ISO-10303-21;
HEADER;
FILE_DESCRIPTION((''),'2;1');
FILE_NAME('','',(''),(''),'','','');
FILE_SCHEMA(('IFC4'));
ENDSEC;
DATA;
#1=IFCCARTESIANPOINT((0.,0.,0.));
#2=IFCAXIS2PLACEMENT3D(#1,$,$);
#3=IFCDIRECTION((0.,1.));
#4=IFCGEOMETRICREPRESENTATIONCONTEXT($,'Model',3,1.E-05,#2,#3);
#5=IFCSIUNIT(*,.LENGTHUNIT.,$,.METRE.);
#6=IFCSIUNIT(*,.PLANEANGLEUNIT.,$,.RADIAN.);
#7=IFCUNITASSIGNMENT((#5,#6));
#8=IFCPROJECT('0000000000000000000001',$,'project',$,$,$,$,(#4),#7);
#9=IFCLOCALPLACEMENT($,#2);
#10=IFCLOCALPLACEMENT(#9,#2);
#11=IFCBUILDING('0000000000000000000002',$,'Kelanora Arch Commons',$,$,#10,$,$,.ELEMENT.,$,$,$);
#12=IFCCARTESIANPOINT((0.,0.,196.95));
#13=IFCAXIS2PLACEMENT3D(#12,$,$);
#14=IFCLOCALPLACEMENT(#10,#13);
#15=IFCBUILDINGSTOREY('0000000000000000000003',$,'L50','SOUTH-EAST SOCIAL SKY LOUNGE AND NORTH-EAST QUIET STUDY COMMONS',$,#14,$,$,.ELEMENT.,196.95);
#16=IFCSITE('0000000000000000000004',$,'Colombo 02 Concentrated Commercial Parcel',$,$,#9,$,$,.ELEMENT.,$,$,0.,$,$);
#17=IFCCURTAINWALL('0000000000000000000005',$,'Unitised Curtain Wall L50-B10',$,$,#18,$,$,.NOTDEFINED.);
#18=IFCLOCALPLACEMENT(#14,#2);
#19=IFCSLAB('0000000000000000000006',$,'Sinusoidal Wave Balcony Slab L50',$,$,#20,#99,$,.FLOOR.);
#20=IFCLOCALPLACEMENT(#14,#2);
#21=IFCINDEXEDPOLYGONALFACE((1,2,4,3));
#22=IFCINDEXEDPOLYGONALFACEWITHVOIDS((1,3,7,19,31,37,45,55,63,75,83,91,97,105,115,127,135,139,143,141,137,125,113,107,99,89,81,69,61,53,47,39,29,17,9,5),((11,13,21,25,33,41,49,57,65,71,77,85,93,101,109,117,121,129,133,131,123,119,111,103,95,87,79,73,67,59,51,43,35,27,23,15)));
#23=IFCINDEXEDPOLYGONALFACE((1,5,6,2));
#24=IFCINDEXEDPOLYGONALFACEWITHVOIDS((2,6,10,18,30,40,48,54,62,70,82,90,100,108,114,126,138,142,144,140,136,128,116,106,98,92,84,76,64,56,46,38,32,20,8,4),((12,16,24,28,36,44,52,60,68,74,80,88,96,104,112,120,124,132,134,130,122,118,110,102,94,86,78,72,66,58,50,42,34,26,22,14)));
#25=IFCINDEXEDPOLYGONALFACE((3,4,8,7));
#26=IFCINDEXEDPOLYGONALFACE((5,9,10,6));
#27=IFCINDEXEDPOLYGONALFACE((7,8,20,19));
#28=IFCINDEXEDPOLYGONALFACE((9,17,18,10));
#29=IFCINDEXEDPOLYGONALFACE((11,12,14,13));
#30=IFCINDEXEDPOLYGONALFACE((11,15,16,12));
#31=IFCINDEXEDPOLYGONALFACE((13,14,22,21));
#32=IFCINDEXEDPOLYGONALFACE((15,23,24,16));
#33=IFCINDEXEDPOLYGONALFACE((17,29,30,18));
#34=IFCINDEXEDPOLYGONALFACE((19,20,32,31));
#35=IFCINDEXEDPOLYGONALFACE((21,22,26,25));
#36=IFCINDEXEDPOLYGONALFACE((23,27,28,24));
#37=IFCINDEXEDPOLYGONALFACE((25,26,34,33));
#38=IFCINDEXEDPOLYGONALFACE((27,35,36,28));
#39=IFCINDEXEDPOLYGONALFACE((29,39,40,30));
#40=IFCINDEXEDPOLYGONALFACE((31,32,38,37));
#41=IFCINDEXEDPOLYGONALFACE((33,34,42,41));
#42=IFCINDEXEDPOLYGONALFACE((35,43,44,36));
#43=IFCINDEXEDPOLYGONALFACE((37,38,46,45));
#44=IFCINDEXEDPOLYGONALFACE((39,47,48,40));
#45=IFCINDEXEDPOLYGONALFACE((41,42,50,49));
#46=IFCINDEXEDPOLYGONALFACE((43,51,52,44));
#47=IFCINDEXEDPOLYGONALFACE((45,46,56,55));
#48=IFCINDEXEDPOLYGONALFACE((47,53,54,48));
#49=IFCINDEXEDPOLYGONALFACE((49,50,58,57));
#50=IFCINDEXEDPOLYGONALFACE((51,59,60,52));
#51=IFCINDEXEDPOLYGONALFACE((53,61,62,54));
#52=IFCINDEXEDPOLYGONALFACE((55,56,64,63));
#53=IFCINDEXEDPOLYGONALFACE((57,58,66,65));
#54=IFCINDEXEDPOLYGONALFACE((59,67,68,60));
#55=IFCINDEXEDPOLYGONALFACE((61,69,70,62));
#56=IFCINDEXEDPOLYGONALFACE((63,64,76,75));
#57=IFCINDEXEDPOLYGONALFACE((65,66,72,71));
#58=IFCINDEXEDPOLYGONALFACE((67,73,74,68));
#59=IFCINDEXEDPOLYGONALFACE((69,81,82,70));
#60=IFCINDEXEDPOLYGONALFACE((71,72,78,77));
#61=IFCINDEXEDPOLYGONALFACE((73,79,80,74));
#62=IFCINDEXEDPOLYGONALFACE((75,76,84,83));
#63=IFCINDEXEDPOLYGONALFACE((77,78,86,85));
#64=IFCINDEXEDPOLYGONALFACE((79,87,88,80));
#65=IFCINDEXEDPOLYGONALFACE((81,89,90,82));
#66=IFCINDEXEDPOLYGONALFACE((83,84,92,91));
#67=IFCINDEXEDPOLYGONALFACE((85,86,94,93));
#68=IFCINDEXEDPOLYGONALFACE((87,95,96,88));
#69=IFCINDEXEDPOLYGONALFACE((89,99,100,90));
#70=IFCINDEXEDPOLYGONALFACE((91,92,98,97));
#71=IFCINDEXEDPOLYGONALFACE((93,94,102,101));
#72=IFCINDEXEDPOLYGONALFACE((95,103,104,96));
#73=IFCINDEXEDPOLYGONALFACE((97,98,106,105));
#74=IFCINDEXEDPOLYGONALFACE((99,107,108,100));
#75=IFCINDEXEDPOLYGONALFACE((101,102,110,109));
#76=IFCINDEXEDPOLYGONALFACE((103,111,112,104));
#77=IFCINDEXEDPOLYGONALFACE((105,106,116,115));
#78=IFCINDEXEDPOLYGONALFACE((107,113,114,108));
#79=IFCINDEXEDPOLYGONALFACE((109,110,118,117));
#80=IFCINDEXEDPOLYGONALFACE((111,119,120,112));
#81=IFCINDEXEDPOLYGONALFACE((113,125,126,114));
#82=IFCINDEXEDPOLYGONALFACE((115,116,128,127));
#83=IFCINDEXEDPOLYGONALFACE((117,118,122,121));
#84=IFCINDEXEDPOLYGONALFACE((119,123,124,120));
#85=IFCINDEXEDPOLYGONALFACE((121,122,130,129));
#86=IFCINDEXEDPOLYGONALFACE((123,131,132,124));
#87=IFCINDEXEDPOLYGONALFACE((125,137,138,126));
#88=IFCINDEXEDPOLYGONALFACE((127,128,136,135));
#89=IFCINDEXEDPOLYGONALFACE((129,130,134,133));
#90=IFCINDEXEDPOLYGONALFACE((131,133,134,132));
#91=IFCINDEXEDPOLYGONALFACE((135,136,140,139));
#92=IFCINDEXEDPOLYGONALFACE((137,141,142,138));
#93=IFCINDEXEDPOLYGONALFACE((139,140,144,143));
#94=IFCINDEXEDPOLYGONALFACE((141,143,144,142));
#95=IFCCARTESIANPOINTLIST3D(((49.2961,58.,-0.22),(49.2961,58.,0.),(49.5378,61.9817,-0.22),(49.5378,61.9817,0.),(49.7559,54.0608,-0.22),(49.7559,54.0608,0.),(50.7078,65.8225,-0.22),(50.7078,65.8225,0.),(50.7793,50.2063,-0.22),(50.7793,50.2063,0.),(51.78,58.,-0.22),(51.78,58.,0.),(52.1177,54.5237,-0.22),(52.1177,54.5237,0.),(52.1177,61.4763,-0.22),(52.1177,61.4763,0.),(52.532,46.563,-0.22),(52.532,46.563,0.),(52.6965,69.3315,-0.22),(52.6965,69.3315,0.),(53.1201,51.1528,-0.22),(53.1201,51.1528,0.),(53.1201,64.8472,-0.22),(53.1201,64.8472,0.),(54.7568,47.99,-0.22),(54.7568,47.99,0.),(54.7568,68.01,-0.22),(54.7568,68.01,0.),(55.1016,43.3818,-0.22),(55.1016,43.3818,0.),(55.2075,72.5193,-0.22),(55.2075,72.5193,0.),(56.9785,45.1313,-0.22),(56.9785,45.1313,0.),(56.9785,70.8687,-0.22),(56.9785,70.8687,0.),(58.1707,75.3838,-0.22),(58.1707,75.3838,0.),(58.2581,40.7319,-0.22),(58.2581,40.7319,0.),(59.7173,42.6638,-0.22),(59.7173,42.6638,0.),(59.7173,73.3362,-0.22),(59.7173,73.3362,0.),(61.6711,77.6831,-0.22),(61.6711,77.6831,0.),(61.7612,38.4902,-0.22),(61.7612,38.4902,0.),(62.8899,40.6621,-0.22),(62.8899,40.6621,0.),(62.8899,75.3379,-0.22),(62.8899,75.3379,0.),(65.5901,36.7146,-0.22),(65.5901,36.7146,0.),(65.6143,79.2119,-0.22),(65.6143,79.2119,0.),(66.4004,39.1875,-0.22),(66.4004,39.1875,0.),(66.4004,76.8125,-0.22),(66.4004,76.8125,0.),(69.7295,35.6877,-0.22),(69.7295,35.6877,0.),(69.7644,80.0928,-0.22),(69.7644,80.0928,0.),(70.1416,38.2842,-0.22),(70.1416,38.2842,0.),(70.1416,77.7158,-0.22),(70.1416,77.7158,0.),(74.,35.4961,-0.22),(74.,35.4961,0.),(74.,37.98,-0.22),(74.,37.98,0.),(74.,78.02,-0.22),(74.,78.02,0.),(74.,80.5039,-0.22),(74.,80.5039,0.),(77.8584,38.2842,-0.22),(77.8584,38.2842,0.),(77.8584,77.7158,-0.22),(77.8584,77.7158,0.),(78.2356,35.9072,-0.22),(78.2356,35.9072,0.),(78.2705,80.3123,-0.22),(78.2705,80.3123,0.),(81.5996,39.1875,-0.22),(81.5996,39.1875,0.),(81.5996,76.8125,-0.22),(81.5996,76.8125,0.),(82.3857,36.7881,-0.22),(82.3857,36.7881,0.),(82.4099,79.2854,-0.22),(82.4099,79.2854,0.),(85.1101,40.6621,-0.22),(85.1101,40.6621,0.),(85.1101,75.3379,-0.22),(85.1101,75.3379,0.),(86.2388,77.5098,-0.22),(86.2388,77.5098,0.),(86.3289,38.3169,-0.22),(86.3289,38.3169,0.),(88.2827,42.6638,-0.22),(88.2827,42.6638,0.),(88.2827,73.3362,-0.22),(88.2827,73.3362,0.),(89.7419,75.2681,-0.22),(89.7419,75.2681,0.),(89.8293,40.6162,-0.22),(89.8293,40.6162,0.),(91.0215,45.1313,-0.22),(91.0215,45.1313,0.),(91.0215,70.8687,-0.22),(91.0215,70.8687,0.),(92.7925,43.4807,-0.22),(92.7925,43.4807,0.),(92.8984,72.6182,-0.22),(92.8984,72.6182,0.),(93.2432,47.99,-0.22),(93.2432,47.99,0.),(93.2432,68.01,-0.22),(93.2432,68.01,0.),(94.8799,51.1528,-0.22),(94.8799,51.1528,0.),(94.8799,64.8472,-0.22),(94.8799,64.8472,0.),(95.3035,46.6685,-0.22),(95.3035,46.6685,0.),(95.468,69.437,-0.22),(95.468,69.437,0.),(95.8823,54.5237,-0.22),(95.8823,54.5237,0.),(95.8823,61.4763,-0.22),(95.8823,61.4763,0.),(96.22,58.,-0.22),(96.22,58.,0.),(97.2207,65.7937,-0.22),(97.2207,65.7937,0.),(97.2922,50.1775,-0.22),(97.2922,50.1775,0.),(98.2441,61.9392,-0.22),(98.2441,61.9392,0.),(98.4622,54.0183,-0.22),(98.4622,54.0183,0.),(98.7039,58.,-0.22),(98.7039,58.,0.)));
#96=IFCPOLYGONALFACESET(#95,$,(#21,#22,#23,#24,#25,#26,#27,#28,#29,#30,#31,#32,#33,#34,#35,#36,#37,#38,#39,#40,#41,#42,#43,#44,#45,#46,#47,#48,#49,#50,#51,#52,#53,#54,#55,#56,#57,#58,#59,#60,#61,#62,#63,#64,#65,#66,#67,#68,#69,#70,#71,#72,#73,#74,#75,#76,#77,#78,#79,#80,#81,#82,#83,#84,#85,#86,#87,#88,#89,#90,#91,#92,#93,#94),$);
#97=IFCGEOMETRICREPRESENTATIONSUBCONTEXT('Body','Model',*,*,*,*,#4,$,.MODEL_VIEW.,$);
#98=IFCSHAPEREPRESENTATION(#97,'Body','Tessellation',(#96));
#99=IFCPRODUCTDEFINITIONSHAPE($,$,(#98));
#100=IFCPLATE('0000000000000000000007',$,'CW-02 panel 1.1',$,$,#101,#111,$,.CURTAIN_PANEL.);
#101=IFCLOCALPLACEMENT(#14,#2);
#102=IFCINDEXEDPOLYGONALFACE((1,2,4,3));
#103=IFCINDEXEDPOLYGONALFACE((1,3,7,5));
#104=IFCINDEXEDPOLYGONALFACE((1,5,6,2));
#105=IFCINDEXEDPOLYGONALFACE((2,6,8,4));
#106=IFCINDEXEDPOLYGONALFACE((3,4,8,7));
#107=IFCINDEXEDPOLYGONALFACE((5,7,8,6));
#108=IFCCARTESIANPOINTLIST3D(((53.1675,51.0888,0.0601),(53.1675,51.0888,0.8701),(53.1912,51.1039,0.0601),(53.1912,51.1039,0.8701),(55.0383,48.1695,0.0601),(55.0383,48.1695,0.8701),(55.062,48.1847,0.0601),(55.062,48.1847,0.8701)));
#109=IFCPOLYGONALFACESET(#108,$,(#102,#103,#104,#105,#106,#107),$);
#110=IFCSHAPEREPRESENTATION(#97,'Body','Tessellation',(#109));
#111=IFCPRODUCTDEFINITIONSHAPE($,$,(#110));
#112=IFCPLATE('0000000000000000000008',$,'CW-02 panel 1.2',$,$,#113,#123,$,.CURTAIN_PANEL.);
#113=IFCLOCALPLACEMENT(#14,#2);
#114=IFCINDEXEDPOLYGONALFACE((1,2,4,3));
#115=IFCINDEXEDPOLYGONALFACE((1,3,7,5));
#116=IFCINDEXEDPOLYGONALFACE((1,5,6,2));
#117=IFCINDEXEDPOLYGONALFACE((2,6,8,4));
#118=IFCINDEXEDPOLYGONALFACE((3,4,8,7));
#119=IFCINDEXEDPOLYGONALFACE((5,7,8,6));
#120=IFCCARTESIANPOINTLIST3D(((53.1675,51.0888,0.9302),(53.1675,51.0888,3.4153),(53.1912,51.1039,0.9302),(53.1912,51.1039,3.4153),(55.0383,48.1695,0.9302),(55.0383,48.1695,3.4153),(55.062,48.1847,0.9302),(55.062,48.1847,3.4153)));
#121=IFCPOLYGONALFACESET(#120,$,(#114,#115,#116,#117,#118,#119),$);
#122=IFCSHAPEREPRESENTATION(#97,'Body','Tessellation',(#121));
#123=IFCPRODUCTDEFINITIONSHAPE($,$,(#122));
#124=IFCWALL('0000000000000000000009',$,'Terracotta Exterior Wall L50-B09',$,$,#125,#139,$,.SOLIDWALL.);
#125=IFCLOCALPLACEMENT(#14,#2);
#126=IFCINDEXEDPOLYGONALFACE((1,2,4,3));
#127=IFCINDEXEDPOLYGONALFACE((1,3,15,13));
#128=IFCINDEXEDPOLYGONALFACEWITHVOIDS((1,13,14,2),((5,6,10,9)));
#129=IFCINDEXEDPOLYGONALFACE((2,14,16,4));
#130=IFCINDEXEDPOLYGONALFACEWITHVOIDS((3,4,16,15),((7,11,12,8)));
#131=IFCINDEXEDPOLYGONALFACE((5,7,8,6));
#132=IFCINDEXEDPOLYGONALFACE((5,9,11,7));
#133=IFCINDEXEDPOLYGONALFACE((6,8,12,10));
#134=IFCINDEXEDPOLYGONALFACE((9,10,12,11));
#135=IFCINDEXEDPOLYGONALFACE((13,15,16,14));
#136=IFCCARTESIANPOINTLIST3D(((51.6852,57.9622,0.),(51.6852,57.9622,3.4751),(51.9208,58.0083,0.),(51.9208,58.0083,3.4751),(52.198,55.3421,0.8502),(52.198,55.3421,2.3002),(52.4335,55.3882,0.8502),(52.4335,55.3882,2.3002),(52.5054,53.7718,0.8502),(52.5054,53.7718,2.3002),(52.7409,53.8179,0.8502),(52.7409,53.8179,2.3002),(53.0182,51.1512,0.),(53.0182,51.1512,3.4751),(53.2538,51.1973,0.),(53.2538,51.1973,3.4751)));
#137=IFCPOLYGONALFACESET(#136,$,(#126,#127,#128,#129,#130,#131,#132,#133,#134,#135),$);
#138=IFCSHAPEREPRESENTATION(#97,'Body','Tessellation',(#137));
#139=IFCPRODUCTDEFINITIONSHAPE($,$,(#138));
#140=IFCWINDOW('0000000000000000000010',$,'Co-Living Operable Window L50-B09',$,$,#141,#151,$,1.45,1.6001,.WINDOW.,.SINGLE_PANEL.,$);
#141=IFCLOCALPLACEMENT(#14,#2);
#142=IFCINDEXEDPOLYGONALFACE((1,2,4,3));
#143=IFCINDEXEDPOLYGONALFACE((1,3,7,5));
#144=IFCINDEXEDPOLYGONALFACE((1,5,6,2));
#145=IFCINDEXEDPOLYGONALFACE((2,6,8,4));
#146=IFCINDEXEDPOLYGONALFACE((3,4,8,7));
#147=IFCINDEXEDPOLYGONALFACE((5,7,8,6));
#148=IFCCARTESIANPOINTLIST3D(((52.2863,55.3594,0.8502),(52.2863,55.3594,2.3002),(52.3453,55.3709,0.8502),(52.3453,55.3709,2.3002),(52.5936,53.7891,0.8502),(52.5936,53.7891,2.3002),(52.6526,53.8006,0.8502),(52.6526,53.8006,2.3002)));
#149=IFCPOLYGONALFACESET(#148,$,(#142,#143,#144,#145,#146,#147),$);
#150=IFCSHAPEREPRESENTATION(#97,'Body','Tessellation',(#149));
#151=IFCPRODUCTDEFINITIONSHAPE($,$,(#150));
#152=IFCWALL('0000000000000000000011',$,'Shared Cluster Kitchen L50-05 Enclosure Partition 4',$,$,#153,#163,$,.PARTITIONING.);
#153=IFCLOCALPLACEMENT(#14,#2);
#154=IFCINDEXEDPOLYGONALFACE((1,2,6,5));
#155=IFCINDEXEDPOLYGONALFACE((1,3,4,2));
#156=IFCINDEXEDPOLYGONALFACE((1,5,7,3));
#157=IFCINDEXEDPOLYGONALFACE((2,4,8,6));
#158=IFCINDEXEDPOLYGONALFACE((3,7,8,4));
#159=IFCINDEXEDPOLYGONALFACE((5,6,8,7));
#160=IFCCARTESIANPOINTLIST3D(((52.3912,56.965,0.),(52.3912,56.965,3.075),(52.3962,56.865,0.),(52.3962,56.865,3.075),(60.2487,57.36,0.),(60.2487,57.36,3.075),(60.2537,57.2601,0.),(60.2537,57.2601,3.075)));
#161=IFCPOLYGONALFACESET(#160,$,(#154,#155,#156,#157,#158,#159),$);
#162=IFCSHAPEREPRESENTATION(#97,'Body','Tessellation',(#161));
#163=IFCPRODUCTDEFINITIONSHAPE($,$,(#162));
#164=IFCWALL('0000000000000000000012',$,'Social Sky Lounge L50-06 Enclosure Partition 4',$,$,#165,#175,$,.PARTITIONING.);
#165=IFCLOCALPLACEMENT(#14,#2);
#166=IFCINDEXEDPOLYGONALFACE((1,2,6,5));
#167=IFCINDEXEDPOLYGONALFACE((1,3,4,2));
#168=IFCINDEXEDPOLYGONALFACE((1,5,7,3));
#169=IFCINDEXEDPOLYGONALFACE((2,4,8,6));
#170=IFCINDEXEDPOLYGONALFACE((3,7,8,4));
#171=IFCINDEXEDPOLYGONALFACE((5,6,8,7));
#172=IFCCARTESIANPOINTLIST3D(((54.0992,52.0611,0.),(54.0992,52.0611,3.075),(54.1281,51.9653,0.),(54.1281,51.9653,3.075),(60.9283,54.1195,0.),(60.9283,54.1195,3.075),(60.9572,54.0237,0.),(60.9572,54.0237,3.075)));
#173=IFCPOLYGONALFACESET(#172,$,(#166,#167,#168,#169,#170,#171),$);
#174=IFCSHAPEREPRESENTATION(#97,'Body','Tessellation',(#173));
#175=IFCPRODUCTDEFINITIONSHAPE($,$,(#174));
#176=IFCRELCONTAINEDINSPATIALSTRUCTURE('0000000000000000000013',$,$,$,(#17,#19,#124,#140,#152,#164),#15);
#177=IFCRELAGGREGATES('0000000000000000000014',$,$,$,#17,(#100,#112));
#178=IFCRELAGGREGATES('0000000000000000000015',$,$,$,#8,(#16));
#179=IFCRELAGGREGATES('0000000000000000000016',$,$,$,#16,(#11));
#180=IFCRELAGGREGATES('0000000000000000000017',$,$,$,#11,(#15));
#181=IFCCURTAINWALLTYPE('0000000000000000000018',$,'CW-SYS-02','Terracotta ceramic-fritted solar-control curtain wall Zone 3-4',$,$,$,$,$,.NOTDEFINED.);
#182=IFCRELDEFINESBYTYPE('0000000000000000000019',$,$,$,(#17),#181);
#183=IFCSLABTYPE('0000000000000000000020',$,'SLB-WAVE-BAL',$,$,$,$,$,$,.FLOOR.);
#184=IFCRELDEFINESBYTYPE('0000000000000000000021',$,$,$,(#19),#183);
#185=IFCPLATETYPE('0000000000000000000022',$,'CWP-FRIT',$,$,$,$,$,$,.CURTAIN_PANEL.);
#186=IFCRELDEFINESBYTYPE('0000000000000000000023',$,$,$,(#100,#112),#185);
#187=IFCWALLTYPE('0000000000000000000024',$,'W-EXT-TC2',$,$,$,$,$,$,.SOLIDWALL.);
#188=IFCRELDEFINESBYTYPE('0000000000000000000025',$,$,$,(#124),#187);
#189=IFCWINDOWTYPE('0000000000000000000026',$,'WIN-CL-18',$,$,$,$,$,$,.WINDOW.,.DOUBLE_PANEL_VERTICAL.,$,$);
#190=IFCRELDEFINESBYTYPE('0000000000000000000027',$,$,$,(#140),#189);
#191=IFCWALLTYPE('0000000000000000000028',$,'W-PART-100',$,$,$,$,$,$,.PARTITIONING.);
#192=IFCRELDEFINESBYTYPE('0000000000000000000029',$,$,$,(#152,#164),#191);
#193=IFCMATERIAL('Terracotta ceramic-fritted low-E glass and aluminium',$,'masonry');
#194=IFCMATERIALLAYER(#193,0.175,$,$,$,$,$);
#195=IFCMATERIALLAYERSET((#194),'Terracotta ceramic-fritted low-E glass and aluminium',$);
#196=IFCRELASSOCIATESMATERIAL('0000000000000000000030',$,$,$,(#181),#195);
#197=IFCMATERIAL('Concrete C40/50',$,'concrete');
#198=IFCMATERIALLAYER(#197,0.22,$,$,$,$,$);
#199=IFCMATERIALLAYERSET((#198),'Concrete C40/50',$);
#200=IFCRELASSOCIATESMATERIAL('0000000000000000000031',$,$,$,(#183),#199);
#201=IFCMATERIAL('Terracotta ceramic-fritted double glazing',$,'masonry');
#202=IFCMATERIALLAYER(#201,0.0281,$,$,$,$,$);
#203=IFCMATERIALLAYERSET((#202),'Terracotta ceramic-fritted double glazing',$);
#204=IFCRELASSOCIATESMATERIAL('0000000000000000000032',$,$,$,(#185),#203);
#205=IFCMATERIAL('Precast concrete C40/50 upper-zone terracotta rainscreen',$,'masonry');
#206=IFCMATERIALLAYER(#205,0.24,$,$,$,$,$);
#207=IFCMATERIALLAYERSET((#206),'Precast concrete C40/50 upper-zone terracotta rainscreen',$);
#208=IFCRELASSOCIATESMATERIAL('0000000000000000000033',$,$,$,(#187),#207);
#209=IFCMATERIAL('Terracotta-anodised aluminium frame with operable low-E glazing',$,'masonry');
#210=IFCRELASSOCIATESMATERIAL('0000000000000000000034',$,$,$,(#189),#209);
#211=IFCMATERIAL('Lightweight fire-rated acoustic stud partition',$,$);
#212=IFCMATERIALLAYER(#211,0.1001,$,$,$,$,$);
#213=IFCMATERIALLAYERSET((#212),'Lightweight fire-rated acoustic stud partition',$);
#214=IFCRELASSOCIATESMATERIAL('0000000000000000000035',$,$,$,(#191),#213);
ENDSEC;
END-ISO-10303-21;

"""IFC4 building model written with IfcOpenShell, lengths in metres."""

from ifc_helpers import new_model, si_unit, direction, frame, frame_2d, origin, origin_2d, place, context, subcontext, project, spatial, polyline, rectangle, outline, extrude, source, transform, mapped, material, layer, layer_set, type_object, element, fill, aggregate, save


model = new_model("IFC4")

# Units and contexts
model_context = context("Model", 3, precision=1e-05, world=origin(), true_north=direction((0.0, 1.0)))
body_context = subcontext(model_context, "Body", "Model", "MODEL_VIEW")
ifc_project = project(units=[si_unit("LENGTHUNIT", "METRE"), si_unit("PLANEANGLEUNIT", "RADIAN")], contexts=[model_context])

# Site, building, storey
site_placement = place(None, origin())
site = spatial("IfcSite", under=ifc_project, at=site_placement, Name="Colombo 02 Concentrated Commercial Parcel", CompositionType="ELEMENT", RefElevation=0.0)
building_placement = place(site_placement, origin())
building = spatial("IfcBuilding", under=site, at=building_placement, Name="Kelanora Arch Commons", CompositionType="ELEMENT")
storey_placement = place(building_placement, frame((0.0, 0.0, 196.95)))
storey = spatial("IfcBuildingStorey", under=building, at=storey_placement, Name="L50", Description="SOUTH-EAST SOCIAL SKY LOUNGE AND NORTH-EAST QUIET STUDY COMMONS", CompositionType="ELEMENT", Elevation=196.95)

# Curtain wall
ifc_material_1 = material(Name="Terracotta ceramic-fritted low-E glass and aluminium", Category="masonry")
ifc_layer_1 = layer(ifc_material_1, 0.175)
ifc_layer_set_1 = layer_set([ifc_layer_1], Name="Terracotta ceramic-fritted low-E glass and aluminium")
curtain_wall_type = type_object("IfcCurtainWallType", Name="CW-SYS-02", Description="Terracotta ceramic-fritted solar-control curtain wall Zone 3-4", PredefinedType="NOTDEFINED", material=ifc_layer_set_1)
curtain_wall_placement = place(storey_placement, origin())
curtain_wall = element("IfcCurtainWall", 1, at=curtain_wall_placement, inside=storey, type_object=curtain_wall_type, Name="Unitised Curtain Wall L50-B10", PredefinedType="NOTDEFINED")

# Shared definitions
ifc_material_2 = material(Name="Concrete C40/50", Category="concrete")

# Slab
ifc_layer_2 = layer(ifc_material_2, 0.22)
ifc_layer_set_2 = layer_set([ifc_layer_2], Name="Concrete C40/50")
slab_type_1 = type_object("IfcSlabType", Name="SLB-WAVE-BAL", PredefinedType="FLOOR", material=ifc_layer_set_2)
slab_1_placement = place(storey_placement, frame((0.0, 0.0, -0.22)))
element("IfcSlab", 2, at=slab_1_placement, inside=storey, type_object=slab_type_1, Name="Sinusoidal Wave Balcony Slab L50", PredefinedType="FLOOR", context=body_context, shape_type="SweptSolid", body=[
    extrude(outline(polyline([(98.7039, 58.0), (98.2441, 61.9392), (97.2207, 65.7937), (95.468, 69.437), (92.8984, 72.6182), (89.7419, 75.2681), (86.2388, 77.5098), (82.4099, 79.2854), (78.2705, 80.3123), (74.0, 80.5039), (69.7644, 80.0928), (65.6143, 79.2119), (61.6711, 77.6831), (58.1707, 75.3838), (55.2075, 72.5193), (52.6965, 69.3315), (50.7078, 65.8225), (49.5378, 61.9817), (49.2961, 58.0), (49.7559, 54.0608), (50.7793, 50.2063), (52.532, 46.563), (55.1016, 43.3818), (58.2581, 40.7319), (61.7612, 38.4902), (65.5901, 36.7146), (69.7295, 35.6877), (74.0, 35.4961), (78.2356, 35.9072), (82.3857, 36.7881), (86.3289, 38.3169), (89.8293, 40.6162), (92.7925, 43.4807), (95.3035, 46.6685), (97.2922, 50.1775), (98.4622, 54.0183), (98.7039, 58.0)]), holes=[polyline([(95.8823, 54.5237), (94.8799, 51.1528), (93.2432, 47.99), (91.0215, 45.1313), (88.2827, 42.6638), (85.1101, 40.6621), (81.5996, 39.1875), (77.8584, 38.2842), (74.0, 37.98), (70.1416, 38.2842), (66.4004, 39.1875), (62.8899, 40.6621), (59.7173, 42.6638), (56.9785, 45.1313), (54.7568, 47.99), (53.1201, 51.1528), (52.1177, 54.5237), (51.78, 58.0), (52.1177, 61.4763), (53.1201, 64.8472), (54.7568, 68.01), (56.9785, 70.8687), (59.7173, 73.3362), (62.8899, 75.3379), (66.4004, 76.8125), (70.1416, 77.7158), (74.0, 78.02), (77.8584, 77.7158), (81.5996, 76.8125), (85.1101, 75.3379), (88.2827, 73.3362), (91.0215, 70.8687), (93.2432, 68.01), (94.8799, 64.8472), (95.8823, 61.4763), (96.22, 58.0), (95.8823, 54.5237)])]), origin(), (0.0, 0.0, 1.0), 0.22),
])

# Plates
ifc_material_3 = material(Name="Terracotta ceramic-fritted double glazing", Category="masonry")
ifc_layer_3 = layer(ifc_material_3, 0.0281)
ifc_layer_set_3 = layer_set([ifc_layer_3], Name="Terracotta ceramic-fritted double glazing")
plate_type = type_object("IfcPlateType", Name="CWP-FRIT", PredefinedType="CURTAIN_PANEL", material=ifc_layer_set_3)
shared_shape_1 = source(origin(), body_context, "Body", "SweptSolid", [
    extrude(rectangle(XDim=3.4673, YDim=0.0281, at=origin_2d()), origin(), (0.0, 0.0, 1.0), 0.8101),
])
plate_1_placement = place(storey_placement, frame((54.1147, 49.6367, 0.0601), z_axis=(0.0, 0.0, 1.0), x_axis=(0.539559, -0.841948, 0.0)))
plate_1 = element("IfcPlate", 3, at=plate_1_placement, type_object=plate_type, Name="CW-02 panel 1.1", PredefinedType="CURTAIN_PANEL", context=body_context, shape_type="MappedRepresentation", body=[
    mapped(shared_shape_1, transform((0.0, 0.0, 0.0), scale=1.0)),
])
shared_shape_2 = source(origin(), body_context, "Body", "SweptSolid", [
    extrude(rectangle(XDim=3.4673, YDim=0.0281, at=origin_2d()), origin(), (0.0, 0.0, 1.0), 2.4851),
])
plate_2_placement = place(storey_placement, frame((54.1147, 49.6367, 0.9302), z_axis=(0.0, 0.0, 1.0), x_axis=(0.539559, -0.841948, 0.0)))
plate_2 = element("IfcPlate", 4, at=plate_2_placement, type_object=plate_type, Name="CW-02 panel 1.2", PredefinedType="CURTAIN_PANEL", context=body_context, shape_type="MappedRepresentation", body=[
    mapped(shared_shape_2, transform((0.0, 0.0, 0.0), scale=1.0)),
])
aggregate(curtain_wall, [plate_1, plate_2])

# Wall, opening, window
ifc_material_4 = material(Name="Precast concrete C40/50 upper-zone terracotta rainscreen", Category="masonry")
ifc_layer_4 = layer(ifc_material_4, 0.24)
ifc_layer_set_4 = layer_set([ifc_layer_4], Name="Precast concrete C40/50 upper-zone terracotta rainscreen")
wall_type_1 = type_object("IfcWallType", Name="W-EXT-TC2", PredefinedType="SOLIDWALL", material=ifc_layer_set_4)
wall_1_placement = place(storey_placement, frame((51.803, 57.9854, 0.0), z_axis=(0.0, 0.0, 1.0), x_axis=(0.192069, -0.981381, 0.0)))
wall_1 = element("IfcWall", 5, at=wall_1_placement, inside=storey, type_object=wall_type_1, Name="Terracotta Exterior Wall L50-B09", PredefinedType="SOLIDWALL", context=body_context, shape_type="SweptSolid", body=[
    extrude(rectangle(XDim=6.9402, YDim=0.24, at=frame_2d((3.4702, 0.0))), origin(), (0.0, 0.0, 1.0), 3.4751),
])
opening_placement = place(wall_1_placement, frame((2.6699, 0.0, 0.8501)))
opening = element("IfcOpeningElement", 6, at=opening_placement, cuts=wall_1, PredefinedType="OPENING", context=body_context, shape_type="SweptSolid", body=[
    extrude(rectangle(XDim=1.6001, YDim=1.45, at=frame_2d((0.8, 0.7251))), frame((0.0, 0.1299, 0.0), z_axis=(0.0, -1.0, 0.0), x_axis=(1.0, 0.0, 0.0)), (0.0, 0.0, 1.0), 0.26),
])
ifc_material_5 = material(Name="Terracotta-anodised aluminium frame with operable low-E glazing", Category="masonry")
window_type = type_object("IfcWindowType", Name="WIN-CL-18", PartitioningType="DOUBLE_PANEL_VERTICAL", PredefinedType="WINDOW", material=ifc_material_5)
window_placement = place(opening_placement, origin())
window = element("IfcWindow", 7, at=window_placement, inside=storey, type_object=window_type, Name="Co-Living Operable Window L50-B09", OverallHeight=1.45, OverallWidth=1.6001, PartitioningType="SINGLE_PANEL", PredefinedType="WINDOW", context=body_context, shape_type="SweptSolid", body=[
    extrude(rectangle(XDim=1.6001, YDim=1.45, at=frame_2d((0.8, 0.7251))), frame((0.0, 0.03, 0.0), z_axis=(0.0, -1.0, 0.0), x_axis=(1.0, 0.0, 0.0)), (0.0, 0.0, 1.0), 0.0601),
])
fill(opening, window)

# Walls
ifc_material_6 = material(Name="Lightweight fire-rated acoustic stud partition")
ifc_layer_5 = layer(ifc_material_6, 0.1001)
ifc_layer_set_5 = layer_set([ifc_layer_5], Name="Lightweight fire-rated acoustic stud partition")
wall_type_2 = type_object("IfcWallType", Name="W-PART-100", PredefinedType="PARTITIONING", material=ifc_layer_set_5)
wall_2_placement = place(storey_placement, frame((52.3938, 56.915, 0.0), z_axis=(0.0, 0.0, 1.0), x_axis=(0.998739, 0.05021, 0.0)))
element("IfcWall", 8, at=wall_2_placement, inside=storey, type_object=wall_type_2, Name="Shared Cluster Kitchen L50-05 Enclosure Partition 4", PredefinedType="PARTITIONING", context=body_context, shape_type="SweptSolid", body=[
    extrude(rectangle(XDim=7.8674, YDim=0.1001, at=frame_2d((3.9336, 0.0))), origin(), (0.0, 0.0, 1.0), 3.075),
])
wall_3_placement = place(storey_placement, frame((54.1135, 52.0132, 0.0), z_axis=(0.0, 0.0, 1.0), x_axis=(0.957454, 0.288585, 0.0)))
element("IfcWall", 9, at=wall_3_placement, inside=storey, type_object=wall_type_2, Name="Social Sky Lounge L50-06 Enclosure Partition 4", PredefinedType="PARTITIONING", context=body_context, shape_type="SweptSolid", body=[
    extrude(rectangle(XDim=7.1326, YDim=0.1001, at=frame_2d((3.5664, 0.0))), origin(), (0.0, 0.0, 1.0), 3.075),
])

save(model, "model.ifc")
